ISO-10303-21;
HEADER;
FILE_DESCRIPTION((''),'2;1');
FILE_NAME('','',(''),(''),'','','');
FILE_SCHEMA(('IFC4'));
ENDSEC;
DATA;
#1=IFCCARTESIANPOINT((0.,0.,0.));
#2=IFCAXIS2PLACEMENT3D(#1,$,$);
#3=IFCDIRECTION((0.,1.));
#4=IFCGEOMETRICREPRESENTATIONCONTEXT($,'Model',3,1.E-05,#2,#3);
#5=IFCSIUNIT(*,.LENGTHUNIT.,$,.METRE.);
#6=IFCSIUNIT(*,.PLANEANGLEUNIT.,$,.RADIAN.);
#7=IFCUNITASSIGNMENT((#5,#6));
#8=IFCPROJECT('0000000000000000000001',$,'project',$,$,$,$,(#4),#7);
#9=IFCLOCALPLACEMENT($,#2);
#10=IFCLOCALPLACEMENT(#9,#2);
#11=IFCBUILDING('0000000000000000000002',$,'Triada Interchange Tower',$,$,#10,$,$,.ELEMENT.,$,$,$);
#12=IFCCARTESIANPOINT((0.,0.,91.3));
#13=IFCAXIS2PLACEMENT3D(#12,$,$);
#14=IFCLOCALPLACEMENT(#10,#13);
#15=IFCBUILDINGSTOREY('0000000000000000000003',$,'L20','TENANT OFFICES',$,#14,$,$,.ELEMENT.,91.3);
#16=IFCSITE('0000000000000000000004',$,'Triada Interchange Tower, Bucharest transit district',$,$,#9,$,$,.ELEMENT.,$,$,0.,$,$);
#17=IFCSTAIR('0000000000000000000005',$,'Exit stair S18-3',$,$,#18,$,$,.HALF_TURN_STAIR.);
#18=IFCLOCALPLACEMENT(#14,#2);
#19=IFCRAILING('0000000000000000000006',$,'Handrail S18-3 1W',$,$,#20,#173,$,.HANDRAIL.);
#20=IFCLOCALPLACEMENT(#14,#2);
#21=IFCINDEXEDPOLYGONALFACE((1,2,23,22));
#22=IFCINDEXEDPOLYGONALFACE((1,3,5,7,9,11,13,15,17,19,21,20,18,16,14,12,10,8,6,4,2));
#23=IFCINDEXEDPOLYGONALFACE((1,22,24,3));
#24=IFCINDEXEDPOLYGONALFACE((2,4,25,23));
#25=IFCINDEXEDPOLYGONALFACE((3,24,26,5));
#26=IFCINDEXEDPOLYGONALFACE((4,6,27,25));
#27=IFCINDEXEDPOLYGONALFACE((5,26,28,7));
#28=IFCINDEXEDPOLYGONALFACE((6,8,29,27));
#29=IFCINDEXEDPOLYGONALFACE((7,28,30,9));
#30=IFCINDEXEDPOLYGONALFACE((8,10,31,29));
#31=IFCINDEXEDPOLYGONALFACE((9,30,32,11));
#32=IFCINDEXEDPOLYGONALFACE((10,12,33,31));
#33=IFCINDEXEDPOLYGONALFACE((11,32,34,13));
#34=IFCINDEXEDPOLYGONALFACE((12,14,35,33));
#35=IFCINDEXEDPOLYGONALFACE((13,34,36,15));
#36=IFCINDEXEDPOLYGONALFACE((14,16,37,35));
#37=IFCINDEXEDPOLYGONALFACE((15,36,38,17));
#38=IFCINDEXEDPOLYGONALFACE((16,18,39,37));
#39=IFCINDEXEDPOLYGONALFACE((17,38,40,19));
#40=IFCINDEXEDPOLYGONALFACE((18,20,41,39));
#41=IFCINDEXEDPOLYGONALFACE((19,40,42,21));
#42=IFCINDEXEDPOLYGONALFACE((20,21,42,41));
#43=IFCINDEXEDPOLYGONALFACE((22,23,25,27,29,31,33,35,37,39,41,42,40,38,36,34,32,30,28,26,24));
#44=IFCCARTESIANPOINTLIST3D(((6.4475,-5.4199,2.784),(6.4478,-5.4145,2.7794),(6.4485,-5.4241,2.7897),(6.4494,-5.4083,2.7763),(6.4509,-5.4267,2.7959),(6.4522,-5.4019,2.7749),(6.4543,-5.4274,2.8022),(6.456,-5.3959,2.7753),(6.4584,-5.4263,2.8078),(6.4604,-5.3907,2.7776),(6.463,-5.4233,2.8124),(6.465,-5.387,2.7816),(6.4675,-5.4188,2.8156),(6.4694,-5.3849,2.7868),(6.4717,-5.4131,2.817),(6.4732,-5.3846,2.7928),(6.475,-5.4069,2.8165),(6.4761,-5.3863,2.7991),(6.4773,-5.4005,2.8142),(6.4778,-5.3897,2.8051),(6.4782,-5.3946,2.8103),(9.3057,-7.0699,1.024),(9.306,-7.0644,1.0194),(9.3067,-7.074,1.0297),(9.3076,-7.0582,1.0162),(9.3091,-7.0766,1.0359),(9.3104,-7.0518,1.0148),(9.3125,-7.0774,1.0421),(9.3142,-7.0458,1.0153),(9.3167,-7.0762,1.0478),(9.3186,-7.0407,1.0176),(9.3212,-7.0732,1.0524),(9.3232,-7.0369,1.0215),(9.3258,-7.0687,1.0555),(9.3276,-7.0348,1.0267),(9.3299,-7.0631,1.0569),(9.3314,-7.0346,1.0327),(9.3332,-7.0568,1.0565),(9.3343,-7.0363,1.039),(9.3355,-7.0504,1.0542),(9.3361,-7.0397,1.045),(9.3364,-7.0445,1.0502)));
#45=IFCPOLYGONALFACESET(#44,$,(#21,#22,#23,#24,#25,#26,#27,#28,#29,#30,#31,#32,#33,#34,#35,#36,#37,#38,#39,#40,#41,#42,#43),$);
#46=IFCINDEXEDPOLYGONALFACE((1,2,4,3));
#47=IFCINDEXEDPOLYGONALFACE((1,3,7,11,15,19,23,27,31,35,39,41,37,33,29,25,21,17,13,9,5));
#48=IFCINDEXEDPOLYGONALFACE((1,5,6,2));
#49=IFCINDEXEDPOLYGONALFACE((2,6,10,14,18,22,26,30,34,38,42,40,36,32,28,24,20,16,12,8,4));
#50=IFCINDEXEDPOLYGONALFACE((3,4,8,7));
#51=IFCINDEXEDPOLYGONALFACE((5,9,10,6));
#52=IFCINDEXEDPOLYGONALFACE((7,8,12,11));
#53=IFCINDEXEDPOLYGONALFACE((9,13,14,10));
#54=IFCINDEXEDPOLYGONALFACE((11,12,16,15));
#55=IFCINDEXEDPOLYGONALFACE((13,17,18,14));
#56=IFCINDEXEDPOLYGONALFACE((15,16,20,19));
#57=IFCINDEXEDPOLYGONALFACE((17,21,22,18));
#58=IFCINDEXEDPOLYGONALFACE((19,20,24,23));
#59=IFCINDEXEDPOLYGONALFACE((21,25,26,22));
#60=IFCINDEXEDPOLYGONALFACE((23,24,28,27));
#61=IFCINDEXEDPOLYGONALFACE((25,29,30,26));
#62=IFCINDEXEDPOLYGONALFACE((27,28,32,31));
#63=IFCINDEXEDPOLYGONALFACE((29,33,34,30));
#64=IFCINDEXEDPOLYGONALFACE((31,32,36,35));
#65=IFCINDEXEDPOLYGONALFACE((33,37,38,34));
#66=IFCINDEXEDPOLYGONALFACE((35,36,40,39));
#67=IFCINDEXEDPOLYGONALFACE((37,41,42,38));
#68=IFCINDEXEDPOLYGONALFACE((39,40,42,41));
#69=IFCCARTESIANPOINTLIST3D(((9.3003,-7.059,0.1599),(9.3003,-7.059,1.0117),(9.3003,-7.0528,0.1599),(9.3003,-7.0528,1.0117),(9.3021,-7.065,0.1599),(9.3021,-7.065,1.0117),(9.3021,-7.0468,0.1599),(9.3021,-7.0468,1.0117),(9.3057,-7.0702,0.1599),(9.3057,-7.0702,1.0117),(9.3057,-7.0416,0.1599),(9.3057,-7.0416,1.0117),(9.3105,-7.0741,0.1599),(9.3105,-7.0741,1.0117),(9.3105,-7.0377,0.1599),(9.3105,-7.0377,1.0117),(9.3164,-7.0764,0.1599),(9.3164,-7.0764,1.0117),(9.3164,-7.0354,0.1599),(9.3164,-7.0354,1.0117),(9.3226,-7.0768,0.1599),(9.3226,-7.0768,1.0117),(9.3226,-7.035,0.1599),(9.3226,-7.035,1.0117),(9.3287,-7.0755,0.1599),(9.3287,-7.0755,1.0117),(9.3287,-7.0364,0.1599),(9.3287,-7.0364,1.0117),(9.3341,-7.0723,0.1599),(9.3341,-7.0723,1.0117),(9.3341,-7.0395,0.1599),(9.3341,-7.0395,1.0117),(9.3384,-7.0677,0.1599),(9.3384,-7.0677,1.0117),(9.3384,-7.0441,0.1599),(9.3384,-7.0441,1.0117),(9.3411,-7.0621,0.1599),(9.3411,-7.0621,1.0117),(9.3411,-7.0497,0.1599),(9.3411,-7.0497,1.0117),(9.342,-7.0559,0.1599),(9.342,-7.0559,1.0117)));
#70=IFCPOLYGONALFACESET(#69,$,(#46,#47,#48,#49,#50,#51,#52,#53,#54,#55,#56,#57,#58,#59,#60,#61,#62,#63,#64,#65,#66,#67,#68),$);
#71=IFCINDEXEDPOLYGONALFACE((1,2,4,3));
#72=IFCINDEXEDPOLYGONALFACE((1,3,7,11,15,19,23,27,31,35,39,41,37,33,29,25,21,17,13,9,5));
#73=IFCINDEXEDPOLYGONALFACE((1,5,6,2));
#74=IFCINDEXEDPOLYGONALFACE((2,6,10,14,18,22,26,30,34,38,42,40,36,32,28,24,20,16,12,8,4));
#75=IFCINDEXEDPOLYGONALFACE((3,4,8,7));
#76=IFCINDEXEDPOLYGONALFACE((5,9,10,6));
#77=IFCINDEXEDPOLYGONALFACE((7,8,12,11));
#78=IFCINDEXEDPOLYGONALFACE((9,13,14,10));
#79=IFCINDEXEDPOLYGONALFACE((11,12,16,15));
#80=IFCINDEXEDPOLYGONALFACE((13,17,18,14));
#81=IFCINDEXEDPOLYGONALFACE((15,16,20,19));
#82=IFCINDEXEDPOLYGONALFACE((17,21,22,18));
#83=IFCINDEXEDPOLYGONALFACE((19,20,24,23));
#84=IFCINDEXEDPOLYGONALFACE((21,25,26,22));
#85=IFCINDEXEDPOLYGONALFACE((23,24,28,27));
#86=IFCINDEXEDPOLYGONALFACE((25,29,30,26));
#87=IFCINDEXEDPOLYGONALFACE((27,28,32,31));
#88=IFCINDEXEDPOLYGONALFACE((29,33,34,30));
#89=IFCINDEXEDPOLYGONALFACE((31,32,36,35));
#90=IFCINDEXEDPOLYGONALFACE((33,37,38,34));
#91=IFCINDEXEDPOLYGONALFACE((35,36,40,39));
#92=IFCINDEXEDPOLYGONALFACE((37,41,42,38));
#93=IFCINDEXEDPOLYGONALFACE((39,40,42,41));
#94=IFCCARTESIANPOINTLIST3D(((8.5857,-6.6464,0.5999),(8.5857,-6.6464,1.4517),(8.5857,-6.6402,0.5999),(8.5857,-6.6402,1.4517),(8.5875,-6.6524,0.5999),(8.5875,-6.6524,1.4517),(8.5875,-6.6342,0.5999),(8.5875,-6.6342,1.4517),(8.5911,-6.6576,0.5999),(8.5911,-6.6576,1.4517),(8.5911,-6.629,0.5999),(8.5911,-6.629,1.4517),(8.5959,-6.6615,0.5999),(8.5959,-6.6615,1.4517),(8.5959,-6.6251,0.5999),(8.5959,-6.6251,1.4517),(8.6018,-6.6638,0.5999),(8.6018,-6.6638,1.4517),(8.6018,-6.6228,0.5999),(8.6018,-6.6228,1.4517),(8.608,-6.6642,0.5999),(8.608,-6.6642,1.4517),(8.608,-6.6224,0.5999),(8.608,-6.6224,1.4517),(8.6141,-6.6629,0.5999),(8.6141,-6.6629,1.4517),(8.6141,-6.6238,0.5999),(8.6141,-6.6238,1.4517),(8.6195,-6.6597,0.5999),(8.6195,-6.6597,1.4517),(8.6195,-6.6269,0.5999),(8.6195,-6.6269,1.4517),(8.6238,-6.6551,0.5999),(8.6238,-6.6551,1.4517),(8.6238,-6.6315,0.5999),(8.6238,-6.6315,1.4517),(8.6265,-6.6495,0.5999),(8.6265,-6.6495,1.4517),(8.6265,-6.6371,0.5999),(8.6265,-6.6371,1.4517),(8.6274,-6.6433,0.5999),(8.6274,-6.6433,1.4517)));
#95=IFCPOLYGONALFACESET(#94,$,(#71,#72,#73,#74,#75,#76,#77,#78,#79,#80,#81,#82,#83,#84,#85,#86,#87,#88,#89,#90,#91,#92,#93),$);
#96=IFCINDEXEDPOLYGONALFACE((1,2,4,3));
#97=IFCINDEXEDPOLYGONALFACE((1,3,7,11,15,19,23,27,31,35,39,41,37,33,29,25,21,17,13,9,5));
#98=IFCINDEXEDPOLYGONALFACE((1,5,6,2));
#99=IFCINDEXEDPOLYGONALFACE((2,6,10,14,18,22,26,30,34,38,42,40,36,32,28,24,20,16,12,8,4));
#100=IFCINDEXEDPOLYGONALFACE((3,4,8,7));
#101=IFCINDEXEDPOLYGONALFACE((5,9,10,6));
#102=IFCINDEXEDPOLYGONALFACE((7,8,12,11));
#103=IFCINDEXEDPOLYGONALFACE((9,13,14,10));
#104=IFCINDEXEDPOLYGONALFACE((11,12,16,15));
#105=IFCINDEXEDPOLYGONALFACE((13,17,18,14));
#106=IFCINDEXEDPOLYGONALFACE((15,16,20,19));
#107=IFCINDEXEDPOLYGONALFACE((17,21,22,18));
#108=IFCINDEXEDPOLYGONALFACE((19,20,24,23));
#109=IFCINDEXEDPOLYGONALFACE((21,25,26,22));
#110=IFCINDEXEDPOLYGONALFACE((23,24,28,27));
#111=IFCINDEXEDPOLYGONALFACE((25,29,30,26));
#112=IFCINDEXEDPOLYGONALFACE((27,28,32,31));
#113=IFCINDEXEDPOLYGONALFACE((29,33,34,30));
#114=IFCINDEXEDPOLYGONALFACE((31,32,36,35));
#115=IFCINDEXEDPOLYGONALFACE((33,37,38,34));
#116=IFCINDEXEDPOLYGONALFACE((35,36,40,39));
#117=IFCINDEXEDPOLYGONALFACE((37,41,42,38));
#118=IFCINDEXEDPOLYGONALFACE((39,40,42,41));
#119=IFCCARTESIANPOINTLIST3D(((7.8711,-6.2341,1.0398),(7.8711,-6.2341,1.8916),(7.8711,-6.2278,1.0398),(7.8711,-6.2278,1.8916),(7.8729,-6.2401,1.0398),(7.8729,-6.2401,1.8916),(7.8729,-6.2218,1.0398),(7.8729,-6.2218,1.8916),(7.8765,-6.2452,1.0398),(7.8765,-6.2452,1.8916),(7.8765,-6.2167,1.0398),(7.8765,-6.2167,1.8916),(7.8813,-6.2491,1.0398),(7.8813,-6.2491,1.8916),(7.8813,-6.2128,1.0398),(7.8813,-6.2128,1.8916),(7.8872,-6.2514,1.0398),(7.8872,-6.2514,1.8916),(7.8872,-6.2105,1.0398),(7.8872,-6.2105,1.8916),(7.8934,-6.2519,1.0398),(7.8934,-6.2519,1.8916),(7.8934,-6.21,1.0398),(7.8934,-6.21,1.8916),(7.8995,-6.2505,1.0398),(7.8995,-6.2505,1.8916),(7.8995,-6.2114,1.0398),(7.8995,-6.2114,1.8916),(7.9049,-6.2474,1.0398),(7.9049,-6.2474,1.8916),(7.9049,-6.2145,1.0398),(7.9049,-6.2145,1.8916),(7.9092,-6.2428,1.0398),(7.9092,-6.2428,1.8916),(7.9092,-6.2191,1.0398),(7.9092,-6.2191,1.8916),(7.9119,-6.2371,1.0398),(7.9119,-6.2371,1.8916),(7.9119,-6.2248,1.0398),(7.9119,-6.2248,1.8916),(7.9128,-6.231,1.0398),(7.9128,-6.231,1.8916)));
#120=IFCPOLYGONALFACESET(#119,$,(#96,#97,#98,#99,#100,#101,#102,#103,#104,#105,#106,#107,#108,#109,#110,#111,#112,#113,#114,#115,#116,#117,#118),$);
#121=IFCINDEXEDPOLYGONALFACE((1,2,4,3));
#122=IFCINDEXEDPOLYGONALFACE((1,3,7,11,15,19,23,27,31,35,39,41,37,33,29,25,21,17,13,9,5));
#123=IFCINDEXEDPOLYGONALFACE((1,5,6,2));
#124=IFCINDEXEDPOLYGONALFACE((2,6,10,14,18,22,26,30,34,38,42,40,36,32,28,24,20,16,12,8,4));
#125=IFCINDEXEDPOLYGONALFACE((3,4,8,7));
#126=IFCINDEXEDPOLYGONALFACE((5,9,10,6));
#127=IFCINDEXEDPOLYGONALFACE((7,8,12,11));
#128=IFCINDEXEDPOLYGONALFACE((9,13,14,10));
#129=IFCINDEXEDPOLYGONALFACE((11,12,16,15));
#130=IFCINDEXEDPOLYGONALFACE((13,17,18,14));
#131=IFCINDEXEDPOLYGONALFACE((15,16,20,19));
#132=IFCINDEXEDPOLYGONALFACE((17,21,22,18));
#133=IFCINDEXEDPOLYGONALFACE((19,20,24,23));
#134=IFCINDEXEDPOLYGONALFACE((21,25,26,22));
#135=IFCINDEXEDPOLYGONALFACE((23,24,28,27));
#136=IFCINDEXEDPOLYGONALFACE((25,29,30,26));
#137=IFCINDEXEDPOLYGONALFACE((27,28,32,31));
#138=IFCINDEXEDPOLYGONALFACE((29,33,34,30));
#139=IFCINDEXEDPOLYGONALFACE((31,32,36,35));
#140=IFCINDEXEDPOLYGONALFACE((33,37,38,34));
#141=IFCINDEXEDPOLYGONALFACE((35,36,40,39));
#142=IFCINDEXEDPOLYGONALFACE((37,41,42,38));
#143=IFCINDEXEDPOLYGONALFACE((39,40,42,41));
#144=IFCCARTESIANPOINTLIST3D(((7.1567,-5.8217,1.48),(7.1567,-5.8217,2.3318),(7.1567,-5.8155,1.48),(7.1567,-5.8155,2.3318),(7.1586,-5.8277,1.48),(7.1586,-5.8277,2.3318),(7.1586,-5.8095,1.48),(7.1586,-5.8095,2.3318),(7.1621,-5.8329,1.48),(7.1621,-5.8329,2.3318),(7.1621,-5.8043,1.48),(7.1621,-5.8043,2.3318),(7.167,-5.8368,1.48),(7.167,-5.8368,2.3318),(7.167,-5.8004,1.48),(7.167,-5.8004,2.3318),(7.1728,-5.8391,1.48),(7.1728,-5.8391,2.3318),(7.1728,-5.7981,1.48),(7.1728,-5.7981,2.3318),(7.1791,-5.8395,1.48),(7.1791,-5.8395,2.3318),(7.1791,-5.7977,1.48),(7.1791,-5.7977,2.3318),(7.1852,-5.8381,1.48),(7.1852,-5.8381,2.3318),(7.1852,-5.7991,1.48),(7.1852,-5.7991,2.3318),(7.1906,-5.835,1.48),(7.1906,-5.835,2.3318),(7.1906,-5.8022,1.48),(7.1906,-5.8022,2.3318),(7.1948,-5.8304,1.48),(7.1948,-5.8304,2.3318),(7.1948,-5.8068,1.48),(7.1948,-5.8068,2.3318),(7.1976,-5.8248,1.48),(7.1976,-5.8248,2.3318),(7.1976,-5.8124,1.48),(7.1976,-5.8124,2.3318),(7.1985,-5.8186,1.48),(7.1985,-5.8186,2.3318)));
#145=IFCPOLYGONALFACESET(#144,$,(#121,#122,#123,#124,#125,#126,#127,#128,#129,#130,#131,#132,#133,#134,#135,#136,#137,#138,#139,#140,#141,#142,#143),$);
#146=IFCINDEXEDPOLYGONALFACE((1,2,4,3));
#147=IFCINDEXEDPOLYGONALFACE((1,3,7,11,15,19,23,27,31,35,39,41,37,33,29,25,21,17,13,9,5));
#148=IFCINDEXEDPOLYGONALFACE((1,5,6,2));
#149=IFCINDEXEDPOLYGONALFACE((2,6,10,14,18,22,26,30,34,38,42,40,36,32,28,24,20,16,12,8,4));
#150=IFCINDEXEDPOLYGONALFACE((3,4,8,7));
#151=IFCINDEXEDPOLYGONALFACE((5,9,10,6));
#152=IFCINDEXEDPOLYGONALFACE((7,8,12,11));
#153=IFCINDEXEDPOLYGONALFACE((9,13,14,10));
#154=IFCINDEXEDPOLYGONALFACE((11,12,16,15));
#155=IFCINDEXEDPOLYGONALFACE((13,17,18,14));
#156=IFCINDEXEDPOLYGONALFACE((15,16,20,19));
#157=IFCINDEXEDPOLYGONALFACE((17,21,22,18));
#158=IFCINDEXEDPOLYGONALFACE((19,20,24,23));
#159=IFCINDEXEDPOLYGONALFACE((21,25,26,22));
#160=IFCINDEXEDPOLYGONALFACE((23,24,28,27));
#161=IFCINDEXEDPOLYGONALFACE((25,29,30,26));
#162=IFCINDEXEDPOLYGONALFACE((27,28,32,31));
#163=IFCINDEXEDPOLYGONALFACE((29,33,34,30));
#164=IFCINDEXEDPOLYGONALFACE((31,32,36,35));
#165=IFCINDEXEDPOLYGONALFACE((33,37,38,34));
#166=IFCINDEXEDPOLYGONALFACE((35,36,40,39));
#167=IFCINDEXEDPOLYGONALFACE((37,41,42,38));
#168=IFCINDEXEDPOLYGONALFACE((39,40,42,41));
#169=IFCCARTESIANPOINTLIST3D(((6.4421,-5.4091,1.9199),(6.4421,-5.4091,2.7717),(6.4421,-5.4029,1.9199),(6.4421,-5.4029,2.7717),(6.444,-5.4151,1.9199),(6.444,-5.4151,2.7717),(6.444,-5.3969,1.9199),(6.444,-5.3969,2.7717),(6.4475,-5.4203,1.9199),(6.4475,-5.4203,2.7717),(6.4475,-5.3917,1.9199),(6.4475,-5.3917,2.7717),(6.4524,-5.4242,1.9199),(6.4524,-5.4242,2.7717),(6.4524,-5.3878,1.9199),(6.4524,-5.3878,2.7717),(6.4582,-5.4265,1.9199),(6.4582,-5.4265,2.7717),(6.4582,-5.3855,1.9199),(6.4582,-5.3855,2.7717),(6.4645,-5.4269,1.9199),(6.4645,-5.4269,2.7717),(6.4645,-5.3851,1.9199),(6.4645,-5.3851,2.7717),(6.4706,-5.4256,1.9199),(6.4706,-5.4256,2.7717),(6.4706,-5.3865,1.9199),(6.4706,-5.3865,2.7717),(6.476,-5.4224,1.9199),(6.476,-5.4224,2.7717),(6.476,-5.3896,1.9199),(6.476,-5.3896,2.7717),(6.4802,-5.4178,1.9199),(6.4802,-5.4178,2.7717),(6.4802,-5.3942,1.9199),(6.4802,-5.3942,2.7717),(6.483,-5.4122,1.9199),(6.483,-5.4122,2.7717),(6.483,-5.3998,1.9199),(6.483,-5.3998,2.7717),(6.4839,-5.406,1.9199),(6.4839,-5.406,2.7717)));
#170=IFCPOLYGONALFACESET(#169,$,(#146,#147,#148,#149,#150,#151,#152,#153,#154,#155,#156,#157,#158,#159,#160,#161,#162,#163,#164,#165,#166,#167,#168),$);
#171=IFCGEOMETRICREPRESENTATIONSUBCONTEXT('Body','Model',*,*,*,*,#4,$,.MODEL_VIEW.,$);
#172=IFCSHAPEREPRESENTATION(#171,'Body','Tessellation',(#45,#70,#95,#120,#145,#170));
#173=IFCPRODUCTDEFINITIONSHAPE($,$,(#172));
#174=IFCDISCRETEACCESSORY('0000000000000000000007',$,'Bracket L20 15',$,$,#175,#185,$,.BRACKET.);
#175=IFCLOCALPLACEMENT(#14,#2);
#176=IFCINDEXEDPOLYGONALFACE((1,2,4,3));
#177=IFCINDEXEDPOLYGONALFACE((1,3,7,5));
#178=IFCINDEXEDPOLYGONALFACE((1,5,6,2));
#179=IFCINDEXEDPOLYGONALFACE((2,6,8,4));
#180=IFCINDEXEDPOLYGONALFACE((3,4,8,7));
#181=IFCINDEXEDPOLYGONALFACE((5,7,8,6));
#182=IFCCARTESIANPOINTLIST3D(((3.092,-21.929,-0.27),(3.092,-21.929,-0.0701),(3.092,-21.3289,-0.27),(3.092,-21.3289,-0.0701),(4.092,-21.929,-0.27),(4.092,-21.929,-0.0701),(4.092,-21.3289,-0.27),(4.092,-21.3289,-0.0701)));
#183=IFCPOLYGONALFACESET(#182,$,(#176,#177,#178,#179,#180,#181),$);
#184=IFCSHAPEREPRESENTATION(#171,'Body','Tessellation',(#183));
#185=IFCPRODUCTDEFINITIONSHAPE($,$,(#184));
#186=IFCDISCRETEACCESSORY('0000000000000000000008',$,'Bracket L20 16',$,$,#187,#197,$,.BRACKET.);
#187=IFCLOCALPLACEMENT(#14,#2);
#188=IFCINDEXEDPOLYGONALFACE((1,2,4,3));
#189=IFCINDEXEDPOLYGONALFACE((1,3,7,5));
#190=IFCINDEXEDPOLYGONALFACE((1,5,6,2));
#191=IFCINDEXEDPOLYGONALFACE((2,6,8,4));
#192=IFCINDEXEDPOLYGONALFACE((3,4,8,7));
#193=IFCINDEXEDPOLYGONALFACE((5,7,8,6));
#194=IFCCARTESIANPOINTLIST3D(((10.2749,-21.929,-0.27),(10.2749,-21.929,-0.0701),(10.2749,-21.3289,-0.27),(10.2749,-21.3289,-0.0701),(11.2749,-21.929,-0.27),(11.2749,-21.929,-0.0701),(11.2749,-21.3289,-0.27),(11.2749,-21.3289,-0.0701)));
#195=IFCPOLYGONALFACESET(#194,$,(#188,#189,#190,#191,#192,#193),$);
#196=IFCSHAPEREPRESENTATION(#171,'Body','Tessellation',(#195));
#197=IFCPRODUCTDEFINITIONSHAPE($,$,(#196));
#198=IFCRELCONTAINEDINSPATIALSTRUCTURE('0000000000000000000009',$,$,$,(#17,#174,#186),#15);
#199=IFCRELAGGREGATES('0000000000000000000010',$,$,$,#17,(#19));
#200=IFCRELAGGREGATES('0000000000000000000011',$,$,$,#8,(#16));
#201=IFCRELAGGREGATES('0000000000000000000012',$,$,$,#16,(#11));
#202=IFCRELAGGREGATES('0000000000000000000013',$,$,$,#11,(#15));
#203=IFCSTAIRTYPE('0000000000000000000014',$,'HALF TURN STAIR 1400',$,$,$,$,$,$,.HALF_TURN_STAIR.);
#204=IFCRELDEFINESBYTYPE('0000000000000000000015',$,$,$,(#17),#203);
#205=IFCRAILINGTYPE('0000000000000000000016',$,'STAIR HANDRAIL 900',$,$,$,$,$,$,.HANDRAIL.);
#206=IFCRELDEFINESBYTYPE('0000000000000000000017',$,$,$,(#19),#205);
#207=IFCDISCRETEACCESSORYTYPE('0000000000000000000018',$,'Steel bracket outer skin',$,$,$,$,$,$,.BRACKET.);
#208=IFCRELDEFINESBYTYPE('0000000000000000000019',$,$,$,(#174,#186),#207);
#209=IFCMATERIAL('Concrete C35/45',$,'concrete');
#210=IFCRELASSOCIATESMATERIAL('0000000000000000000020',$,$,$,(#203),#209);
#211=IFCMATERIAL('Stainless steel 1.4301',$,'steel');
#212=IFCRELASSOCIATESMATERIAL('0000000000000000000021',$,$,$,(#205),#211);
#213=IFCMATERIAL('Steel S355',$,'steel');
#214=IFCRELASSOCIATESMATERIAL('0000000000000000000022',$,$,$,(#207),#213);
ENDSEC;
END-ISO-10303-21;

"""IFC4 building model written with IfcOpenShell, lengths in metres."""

from ifc_helpers import new_model, si_unit, direction, frame, origin, origin_2d, place, context, subcontext, project, spatial, rectangle, circle, extrude, material, type_object, element, aggregate, save


model = new_model("IFC4")

# Units and contexts
model_context = context("Model", 3, precision=1e-05, world=origin(), true_north=direction((0.0, 1.0)))
body_context = subcontext(model_context, "Body", "Model", "MODEL_VIEW")
ifc_project = project(units=[si_unit("LENGTHUNIT", "METRE"), si_unit("PLANEANGLEUNIT", "RADIAN")], contexts=[model_context])

# Site, building, storey
site_placement = place(None, origin())
site = spatial("IfcSite", under=ifc_project, at=site_placement, Name="Triada Interchange Tower, Bucharest transit district", CompositionType="ELEMENT", RefElevation=0.0)
building_placement = place(site_placement, origin())
building = spatial("IfcBuilding", under=site, at=building_placement, Name="Triada Interchange Tower", CompositionType="ELEMENT")
storey_placement = place(building_placement, frame((0.0, 0.0, 91.3)))
storey = spatial("IfcBuildingStorey", under=building, at=storey_placement, Name="L20", Description="TENANT OFFICES", CompositionType="ELEMENT", Elevation=91.3)

# Stair, railing
ifc_material_1 = material(Name="Concrete C35/45", Category="concrete")
stair_type = type_object("IfcStairType", Name="HALF TURN STAIR 1400", PredefinedType="HALF_TURN_STAIR", material=ifc_material_1)
stair_placement = place(storey_placement, origin())
stair = element("IfcStair", 1, at=stair_placement, inside=storey, type_object=stair_type, Name="Exit stair S18-3", PredefinedType="HALF_TURN_STAIR")
ifc_material_2 = material(Name="Stainless steel 1.4301", Category="steel")
railing_type = type_object("IfcRailingType", Name="STAIR HANDRAIL 900", PredefinedType="HANDRAIL", material=ifc_material_2)
railing_placement = place(storey_placement, frame((9.321, -7.0559, 0.1599)))
railing = element("IfcRailing", 2, at=railing_placement, type_object=railing_type, Name="Handrail S18-3 1W", PredefinedType="HANDRAIL", context=body_context, shape_type="SweptSolid", body=[
    extrude(circle(Radius=0.0239, at=origin_2d()), frame((0.0, 0.0, 0.876), z_axis=(-0.764178, 0.441131, 0.47057), x_axis=(-0.499942, -0.866059, 0.0)), (0.0, 0.0, 1.0), 3.7402),
    extrude(circle(Radius=0.021, at=origin_2d()), origin(), (0.0, 0.0, 1.0), 0.8518),
    extrude(circle(Radius=0.021, at=origin_2d()), frame((-0.7146, 0.4126, 0.4399)), (0.0, 0.0, 1.0), 0.8518),
    extrude(circle(Radius=0.021, at=origin_2d()), frame((-1.4292, 0.825, 0.8799)), (0.0, 0.0, 1.0), 0.8518),
    extrude(circle(Radius=0.021, at=origin_2d()), frame((-2.1436, 1.2373, 1.3201)), (0.0, 0.0, 1.0), 0.8518),
    extrude(circle(Radius=0.021, at=origin_2d()), frame((-2.8582, 1.6499, 1.76)), (0.0, 0.0, 1.0), 0.8518),
])
aggregate(stair, [railing])

# Discrete accessories
ifc_material_3 = material(Name="Steel S355", Category="steel")
discrete_accessory_type = type_object("IfcDiscreteAccessoryType", Name="Steel bracket outer skin", PredefinedType="BRACKET", material=ifc_material_3)
for number, where, z_axis, x_axis, name in (
    (3, (3.592, -21.6289, -0.27), (0.0, 0.0, 1.0), (0.0, -1.0, 0.0), "Bracket L20 15"),
    (4, (10.7749, -21.6289, -0.27), (0.0, 0.0, 1.0), (0.0, -1.0, 0.0), "Bracket L20 16"),
):
    element("IfcDiscreteAccessory", number, at=place(storey_placement, frame(where, z_axis=z_axis, x_axis=x_axis)), inside=storey, type_object=discrete_accessory_type, Name=name, PredefinedType="BRACKET", context=body_context, shape_type="SweptSolid", body=[
        extrude(rectangle(XDim=0.6001, YDim=1.0, at=origin_2d()), origin(), (0.0, 0.0, 1.0), 0.2),
    ])

save(model, "model.ifc")
